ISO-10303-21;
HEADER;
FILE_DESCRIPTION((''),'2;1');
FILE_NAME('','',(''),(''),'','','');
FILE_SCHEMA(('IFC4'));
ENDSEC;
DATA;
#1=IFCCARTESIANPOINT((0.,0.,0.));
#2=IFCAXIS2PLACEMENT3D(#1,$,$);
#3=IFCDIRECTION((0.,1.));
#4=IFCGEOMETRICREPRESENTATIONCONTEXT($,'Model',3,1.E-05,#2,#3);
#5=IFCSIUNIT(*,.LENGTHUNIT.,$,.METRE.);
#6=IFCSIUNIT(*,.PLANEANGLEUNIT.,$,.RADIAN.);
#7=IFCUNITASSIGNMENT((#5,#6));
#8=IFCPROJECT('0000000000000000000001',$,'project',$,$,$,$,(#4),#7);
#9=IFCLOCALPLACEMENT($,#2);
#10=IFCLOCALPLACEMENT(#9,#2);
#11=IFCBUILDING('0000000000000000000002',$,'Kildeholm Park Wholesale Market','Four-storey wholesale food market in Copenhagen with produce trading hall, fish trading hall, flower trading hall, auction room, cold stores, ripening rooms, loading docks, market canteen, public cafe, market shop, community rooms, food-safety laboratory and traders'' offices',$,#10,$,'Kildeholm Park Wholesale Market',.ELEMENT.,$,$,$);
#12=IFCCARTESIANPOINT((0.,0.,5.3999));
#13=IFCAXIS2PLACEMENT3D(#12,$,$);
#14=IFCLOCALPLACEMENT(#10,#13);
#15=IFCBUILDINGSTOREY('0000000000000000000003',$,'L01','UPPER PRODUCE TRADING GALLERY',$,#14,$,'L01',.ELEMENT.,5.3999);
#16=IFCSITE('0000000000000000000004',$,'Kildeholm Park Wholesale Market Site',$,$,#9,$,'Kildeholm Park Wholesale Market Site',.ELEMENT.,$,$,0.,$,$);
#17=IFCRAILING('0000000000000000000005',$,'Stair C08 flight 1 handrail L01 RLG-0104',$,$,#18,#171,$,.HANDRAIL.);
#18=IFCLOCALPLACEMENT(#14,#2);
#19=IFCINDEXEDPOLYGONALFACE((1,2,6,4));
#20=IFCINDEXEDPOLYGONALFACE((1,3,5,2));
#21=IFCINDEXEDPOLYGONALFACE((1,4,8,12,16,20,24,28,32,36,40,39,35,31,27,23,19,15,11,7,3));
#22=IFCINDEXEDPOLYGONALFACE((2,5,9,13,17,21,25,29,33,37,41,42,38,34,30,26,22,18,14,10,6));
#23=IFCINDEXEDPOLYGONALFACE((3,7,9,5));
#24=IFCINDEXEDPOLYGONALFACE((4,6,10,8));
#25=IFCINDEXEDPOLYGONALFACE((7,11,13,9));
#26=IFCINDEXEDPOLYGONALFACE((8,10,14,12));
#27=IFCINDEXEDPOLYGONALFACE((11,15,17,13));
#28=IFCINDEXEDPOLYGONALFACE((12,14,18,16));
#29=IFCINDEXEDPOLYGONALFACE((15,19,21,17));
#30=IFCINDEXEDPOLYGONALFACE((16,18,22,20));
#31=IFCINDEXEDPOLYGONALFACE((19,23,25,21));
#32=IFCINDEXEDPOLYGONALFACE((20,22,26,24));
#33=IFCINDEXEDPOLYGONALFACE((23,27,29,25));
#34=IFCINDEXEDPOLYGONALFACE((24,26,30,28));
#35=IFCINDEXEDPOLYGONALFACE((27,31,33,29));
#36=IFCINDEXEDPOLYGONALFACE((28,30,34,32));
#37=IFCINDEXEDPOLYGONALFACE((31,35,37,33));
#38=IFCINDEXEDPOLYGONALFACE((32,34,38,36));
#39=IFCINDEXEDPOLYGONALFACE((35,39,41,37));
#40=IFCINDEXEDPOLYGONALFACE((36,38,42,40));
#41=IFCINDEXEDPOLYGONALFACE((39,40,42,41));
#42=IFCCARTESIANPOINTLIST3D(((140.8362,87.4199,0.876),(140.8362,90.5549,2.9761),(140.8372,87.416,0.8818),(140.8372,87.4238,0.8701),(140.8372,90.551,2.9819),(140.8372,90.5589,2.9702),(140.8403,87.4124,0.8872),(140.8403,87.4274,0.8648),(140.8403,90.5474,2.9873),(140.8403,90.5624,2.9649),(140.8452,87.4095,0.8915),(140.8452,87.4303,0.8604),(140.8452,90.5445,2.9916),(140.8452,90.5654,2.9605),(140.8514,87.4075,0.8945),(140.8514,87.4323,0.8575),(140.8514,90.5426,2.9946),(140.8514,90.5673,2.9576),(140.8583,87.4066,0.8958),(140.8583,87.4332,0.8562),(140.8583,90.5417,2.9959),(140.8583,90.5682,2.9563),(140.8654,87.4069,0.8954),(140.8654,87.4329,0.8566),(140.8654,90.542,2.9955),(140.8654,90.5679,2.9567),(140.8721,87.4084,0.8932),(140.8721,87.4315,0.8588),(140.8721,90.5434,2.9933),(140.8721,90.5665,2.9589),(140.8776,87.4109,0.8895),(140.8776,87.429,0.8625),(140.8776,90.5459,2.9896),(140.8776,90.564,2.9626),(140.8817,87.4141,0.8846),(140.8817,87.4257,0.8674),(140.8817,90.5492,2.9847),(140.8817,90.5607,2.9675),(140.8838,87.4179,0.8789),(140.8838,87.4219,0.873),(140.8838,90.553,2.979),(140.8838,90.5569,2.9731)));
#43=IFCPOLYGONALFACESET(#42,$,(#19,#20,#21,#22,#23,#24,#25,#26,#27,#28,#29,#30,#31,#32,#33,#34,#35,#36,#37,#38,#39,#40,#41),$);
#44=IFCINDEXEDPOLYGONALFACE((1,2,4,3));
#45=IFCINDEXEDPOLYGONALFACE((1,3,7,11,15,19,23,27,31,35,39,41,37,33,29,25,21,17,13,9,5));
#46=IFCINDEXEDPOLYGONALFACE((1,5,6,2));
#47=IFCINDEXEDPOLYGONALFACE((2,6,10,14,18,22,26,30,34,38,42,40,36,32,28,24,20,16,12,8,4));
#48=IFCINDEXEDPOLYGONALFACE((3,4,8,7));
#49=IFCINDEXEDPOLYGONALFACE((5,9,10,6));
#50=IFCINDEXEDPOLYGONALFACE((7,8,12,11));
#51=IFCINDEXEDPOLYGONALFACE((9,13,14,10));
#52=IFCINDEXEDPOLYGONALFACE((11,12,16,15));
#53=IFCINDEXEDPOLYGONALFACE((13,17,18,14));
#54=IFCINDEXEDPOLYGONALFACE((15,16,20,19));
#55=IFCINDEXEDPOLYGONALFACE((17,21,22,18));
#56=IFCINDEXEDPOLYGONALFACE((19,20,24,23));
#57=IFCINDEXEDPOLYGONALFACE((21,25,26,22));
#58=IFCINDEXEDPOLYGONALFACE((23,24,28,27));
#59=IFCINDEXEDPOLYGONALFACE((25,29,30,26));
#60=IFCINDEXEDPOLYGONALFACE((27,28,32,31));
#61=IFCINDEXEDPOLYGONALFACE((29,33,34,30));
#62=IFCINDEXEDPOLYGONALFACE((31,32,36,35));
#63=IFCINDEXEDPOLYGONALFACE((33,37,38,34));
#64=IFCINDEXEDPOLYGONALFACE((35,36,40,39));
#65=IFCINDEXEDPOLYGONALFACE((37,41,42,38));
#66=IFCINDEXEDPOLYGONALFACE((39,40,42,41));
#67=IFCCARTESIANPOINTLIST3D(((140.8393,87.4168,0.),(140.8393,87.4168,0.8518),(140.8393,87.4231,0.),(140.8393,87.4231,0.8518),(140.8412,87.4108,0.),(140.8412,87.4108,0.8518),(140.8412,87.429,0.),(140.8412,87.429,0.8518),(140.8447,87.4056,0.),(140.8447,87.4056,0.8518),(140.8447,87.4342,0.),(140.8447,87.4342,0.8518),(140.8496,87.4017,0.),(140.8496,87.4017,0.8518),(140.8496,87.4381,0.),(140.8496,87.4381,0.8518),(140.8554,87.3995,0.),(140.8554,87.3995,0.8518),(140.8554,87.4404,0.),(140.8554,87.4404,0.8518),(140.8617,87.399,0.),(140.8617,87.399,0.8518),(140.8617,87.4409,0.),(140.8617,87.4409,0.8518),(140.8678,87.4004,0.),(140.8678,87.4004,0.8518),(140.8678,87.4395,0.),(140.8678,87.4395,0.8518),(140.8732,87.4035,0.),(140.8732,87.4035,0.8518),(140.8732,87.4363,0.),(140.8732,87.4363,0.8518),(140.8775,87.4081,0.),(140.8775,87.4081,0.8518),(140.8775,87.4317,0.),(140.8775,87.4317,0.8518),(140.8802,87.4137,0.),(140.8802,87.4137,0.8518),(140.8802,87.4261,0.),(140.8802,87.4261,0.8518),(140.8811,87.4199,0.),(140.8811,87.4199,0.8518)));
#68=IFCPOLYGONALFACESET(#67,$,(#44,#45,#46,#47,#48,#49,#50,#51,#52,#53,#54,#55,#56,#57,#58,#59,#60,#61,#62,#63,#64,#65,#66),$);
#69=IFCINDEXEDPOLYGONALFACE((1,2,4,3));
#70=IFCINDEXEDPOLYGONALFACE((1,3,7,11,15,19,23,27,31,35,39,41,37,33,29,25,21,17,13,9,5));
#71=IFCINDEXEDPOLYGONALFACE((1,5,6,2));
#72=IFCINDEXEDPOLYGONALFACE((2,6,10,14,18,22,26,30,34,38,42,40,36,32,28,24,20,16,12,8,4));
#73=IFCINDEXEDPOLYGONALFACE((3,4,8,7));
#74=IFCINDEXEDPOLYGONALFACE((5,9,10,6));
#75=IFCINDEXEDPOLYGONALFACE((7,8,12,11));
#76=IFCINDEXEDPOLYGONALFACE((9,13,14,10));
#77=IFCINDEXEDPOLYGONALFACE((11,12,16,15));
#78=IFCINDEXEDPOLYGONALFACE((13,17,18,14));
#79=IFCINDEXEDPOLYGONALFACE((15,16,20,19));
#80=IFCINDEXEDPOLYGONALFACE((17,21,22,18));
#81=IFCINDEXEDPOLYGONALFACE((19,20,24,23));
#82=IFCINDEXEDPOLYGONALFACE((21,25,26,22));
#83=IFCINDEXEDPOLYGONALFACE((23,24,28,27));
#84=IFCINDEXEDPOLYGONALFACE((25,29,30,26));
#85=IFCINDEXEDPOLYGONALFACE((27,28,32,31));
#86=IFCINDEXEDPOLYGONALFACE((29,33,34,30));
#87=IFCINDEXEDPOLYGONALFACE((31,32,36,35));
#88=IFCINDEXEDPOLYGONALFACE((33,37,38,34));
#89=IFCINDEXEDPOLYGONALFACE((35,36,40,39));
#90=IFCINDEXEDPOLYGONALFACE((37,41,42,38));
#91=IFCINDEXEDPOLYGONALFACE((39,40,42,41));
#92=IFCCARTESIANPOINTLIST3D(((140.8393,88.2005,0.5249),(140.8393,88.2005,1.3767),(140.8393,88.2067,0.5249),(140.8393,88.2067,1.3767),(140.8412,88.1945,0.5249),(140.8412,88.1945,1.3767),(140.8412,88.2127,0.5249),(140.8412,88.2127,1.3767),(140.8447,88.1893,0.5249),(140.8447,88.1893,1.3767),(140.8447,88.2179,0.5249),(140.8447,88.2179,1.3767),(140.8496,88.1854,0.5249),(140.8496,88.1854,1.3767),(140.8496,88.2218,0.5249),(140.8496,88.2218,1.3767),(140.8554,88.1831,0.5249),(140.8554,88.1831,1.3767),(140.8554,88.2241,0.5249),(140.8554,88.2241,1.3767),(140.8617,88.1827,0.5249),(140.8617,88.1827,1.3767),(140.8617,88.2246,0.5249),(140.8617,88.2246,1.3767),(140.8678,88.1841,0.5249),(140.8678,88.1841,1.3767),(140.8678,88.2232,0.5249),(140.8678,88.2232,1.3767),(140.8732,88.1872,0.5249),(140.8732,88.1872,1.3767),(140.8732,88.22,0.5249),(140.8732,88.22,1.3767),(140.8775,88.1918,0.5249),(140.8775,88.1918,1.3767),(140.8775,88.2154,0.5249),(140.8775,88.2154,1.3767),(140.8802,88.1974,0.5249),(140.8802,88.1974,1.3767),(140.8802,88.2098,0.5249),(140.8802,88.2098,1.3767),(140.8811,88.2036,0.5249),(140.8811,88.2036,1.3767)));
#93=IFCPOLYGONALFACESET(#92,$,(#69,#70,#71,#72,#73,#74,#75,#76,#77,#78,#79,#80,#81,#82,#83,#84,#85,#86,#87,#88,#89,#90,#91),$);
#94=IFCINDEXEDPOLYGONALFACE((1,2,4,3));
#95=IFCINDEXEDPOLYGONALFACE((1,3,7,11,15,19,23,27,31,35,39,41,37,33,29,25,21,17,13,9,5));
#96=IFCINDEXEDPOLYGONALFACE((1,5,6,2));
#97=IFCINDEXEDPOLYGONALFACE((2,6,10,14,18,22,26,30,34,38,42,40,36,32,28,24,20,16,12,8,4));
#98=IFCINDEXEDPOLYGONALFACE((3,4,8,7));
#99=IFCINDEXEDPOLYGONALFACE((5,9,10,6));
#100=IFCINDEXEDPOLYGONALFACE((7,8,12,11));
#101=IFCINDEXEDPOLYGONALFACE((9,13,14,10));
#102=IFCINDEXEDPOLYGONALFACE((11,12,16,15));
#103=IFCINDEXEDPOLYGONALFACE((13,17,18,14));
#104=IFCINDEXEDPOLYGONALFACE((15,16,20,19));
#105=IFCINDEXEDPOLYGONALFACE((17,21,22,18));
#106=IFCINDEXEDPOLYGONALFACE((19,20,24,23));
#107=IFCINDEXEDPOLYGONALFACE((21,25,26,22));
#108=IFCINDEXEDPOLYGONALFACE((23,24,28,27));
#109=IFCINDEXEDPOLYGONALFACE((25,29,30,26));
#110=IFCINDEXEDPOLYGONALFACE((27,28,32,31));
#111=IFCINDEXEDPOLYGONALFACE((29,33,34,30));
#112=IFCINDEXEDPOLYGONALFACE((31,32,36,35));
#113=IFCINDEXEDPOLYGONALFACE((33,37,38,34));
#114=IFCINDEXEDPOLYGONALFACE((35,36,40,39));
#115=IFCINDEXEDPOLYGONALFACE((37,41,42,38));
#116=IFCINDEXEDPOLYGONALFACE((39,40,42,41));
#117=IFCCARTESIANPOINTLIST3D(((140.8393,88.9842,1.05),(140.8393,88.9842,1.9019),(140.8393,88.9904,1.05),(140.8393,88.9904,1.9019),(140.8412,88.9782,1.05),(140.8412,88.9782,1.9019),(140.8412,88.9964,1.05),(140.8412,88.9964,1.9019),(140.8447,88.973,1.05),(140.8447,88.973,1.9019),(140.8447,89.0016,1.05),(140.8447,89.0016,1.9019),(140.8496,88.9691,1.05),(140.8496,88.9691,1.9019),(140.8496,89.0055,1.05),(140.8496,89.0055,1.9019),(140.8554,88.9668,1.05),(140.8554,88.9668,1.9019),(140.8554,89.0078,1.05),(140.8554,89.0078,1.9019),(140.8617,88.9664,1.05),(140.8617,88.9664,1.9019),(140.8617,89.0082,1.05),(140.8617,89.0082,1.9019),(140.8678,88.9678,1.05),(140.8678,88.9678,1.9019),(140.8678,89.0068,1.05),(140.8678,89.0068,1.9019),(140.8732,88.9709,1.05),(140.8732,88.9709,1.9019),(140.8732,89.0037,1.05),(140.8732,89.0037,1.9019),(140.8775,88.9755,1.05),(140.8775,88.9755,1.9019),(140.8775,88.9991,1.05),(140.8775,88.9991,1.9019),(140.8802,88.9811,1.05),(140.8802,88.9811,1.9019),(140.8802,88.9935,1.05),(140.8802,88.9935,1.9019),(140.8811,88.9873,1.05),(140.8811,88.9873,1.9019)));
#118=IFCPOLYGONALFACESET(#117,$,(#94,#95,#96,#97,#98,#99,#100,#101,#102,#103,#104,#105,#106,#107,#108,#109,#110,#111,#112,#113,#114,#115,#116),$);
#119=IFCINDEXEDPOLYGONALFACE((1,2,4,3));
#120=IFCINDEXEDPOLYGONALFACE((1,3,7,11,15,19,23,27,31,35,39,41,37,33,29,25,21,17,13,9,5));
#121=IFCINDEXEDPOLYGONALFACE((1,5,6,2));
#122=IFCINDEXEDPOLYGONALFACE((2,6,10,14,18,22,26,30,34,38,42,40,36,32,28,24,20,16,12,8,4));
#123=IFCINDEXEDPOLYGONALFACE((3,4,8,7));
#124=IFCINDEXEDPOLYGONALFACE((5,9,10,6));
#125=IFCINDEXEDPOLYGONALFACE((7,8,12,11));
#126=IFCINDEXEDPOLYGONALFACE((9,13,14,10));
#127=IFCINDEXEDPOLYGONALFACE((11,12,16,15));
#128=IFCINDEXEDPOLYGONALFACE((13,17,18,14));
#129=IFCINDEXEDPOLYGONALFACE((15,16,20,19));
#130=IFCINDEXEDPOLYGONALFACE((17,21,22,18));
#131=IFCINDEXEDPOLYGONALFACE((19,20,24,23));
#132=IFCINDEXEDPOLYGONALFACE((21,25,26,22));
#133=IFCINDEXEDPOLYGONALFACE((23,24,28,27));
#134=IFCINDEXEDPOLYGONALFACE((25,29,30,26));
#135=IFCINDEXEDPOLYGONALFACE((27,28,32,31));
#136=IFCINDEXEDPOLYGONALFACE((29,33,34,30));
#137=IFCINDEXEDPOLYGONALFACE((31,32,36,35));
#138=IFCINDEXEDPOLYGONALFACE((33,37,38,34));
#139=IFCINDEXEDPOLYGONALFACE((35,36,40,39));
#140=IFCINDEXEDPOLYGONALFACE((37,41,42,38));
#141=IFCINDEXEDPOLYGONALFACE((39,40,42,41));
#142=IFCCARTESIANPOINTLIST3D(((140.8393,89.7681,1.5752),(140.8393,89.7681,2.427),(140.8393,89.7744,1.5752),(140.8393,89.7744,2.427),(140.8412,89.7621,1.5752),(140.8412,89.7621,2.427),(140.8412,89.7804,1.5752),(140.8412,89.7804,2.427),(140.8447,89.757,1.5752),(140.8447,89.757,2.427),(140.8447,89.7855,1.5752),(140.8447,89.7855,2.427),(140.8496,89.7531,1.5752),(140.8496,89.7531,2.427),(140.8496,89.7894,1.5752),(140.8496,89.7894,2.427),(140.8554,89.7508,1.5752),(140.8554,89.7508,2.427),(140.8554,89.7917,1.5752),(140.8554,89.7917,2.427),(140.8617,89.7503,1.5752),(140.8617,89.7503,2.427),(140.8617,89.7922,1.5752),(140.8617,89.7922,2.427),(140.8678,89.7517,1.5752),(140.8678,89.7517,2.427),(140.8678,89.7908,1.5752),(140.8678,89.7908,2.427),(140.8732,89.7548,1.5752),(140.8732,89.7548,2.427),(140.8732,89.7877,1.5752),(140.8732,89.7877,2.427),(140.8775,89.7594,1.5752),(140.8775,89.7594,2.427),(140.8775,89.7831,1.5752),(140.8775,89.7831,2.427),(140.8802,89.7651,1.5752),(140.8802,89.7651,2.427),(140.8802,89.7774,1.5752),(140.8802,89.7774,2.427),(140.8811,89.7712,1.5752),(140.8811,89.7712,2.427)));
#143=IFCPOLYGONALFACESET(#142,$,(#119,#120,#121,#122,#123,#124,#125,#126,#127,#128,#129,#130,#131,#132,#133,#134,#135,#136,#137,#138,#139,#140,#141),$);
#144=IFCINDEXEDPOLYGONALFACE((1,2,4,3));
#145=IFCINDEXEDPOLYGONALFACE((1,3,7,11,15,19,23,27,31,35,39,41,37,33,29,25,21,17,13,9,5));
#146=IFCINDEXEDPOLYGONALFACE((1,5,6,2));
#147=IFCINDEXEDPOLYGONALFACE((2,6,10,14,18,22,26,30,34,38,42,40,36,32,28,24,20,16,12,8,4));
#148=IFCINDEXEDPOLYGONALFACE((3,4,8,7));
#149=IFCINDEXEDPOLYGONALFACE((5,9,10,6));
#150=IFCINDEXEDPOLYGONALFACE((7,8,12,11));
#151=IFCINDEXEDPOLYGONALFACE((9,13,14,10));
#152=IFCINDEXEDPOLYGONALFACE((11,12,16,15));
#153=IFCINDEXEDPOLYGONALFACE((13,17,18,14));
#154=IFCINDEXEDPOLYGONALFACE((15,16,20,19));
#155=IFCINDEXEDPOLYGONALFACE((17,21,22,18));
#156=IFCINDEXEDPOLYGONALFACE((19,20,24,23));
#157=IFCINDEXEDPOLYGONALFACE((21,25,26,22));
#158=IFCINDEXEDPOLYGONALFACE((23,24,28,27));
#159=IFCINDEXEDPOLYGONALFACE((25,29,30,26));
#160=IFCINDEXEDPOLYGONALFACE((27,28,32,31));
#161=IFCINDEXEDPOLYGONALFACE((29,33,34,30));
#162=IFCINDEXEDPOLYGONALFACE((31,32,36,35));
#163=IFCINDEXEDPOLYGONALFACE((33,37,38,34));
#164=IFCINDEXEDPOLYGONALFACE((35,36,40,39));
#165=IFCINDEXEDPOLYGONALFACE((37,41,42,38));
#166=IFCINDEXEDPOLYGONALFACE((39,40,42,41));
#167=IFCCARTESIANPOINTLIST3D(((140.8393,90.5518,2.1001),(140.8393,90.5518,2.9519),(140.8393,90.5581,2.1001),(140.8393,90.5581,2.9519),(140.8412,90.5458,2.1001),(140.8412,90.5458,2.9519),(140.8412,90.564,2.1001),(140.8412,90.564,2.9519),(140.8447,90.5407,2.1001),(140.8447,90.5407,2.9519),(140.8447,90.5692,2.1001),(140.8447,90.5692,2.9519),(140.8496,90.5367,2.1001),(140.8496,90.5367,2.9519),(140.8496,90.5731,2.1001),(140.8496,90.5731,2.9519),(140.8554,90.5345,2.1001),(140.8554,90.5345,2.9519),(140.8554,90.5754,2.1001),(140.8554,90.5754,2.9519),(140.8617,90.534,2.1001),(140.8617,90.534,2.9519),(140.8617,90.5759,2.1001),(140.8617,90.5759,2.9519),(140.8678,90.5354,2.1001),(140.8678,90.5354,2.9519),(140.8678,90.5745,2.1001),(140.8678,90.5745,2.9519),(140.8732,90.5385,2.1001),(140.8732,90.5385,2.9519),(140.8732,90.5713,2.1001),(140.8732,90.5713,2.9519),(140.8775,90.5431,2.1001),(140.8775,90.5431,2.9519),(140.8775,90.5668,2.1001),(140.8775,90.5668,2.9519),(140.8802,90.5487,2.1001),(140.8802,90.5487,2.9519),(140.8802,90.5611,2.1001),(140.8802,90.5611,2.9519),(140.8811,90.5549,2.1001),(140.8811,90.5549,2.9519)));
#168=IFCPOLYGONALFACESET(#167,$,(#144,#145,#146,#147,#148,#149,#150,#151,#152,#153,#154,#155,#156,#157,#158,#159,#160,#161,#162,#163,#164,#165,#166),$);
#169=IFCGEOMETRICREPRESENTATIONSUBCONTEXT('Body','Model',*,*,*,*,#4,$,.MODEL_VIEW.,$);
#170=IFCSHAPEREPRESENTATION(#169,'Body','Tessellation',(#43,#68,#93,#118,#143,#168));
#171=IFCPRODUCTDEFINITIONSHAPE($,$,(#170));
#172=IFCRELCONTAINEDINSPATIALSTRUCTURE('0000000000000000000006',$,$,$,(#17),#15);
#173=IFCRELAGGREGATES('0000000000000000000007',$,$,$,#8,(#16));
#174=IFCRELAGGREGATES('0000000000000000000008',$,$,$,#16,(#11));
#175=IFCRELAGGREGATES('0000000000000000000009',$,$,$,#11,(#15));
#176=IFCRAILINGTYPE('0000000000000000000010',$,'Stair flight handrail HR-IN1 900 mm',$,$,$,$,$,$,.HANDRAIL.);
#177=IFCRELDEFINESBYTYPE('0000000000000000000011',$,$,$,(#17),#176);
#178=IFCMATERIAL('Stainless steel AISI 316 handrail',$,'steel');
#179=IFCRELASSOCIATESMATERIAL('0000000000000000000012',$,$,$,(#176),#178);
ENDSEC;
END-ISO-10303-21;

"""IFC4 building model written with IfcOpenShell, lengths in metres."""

from ifc_helpers import new_model, si_unit, direction, frame, origin, origin_2d, place, context, subcontext, project, spatial, circle, extrude, material, type_object, element, save


model = new_model("IFC4")

# Units and contexts
model_context = context("Model", 3, precision=1e-05, world=origin(), true_north=direction((0.0, 1.0)))
body_context = subcontext(model_context, "Body", "Model", "MODEL_VIEW")
ifc_project = project(units=[si_unit("LENGTHUNIT", "METRE"), si_unit("PLANEANGLEUNIT", "RADIAN")], contexts=[model_context])

# Site, building, storey
site_placement = place(None, origin())
site = spatial("IfcSite", under=ifc_project, at=site_placement, Name="Kildeholm Park Wholesale Market Site", LongName="Kildeholm Park Wholesale Market Site", CompositionType="ELEMENT", RefElevation=0.0)
building_placement = place(site_placement, origin())
building = spatial("IfcBuilding", under=site, at=building_placement, Name="Kildeholm Park Wholesale Market", Description="Four-storey wholesale food market in Copenhagen with produce trading hall, fish trading hall, flower trading hall, auction room, cold stores, ripening rooms, loading docks, market canteen, public cafe, market shop, community rooms, food-safety laboratory and traders' offices", LongName="Kildeholm Park Wholesale Market", CompositionType="ELEMENT")
storey_placement = place(building_placement, frame((0.0, 0.0, 5.3999)))
storey = spatial("IfcBuildingStorey", under=building, at=storey_placement, Name="L01", Description="UPPER PRODUCE TRADING GALLERY", LongName="L01", CompositionType="ELEMENT", Elevation=5.3999)

# Railing
ifc_material_1 = material(Name="Stainless steel AISI 316 handrail", Category="steel")
railing_type_1 = type_object("IfcRailingType", Name="Stair flight handrail HR-IN1 900 mm", PredefinedType="HANDRAIL", material=ifc_material_1)
railing_1_placement = place(storey_placement, frame((140.8601, 87.4199, 0.0)))
element("IfcRailing", 1, at=railing_1_placement, inside=storey, type_object=railing_type_1, Name="Stair C08 flight 1 handrail L01 RLG-0104", PredefinedType="HANDRAIL", context=body_context, shape_type="SweptSolid", body=[
    extrude(circle(Radius=0.0239, at=origin_2d()), frame((0.0, 0.0, 0.876), z_axis=(0.0, 0.830814, 0.55655), x_axis=(-1.0, 0.0, 0.0)), (0.0, 0.0, 1.0), 3.7734),
    extrude(circle(Radius=0.021, at=origin_2d()), origin(), (0.0, 0.0, 1.0), 0.8518),
    extrude(circle(Radius=0.021, at=origin_2d()), frame((0.0, 0.7837, 0.5249)), (0.0, 0.0, 1.0), 0.8518),
    extrude(circle(Radius=0.021, at=origin_2d()), frame((0.0, 1.5674, 1.05)), (0.0, 0.0, 1.0), 0.8518),
    extrude(circle(Radius=0.021, at=origin_2d()), frame((0.0, 2.3513, 1.5752)), (0.0, 0.0, 1.0), 0.8518),
    extrude(circle(Radius=0.021, at=origin_2d()), frame((0.0, 3.135, 2.1001)), (0.0, 0.0, 1.0), 0.8518),
])

save(model, "model.ifc")
